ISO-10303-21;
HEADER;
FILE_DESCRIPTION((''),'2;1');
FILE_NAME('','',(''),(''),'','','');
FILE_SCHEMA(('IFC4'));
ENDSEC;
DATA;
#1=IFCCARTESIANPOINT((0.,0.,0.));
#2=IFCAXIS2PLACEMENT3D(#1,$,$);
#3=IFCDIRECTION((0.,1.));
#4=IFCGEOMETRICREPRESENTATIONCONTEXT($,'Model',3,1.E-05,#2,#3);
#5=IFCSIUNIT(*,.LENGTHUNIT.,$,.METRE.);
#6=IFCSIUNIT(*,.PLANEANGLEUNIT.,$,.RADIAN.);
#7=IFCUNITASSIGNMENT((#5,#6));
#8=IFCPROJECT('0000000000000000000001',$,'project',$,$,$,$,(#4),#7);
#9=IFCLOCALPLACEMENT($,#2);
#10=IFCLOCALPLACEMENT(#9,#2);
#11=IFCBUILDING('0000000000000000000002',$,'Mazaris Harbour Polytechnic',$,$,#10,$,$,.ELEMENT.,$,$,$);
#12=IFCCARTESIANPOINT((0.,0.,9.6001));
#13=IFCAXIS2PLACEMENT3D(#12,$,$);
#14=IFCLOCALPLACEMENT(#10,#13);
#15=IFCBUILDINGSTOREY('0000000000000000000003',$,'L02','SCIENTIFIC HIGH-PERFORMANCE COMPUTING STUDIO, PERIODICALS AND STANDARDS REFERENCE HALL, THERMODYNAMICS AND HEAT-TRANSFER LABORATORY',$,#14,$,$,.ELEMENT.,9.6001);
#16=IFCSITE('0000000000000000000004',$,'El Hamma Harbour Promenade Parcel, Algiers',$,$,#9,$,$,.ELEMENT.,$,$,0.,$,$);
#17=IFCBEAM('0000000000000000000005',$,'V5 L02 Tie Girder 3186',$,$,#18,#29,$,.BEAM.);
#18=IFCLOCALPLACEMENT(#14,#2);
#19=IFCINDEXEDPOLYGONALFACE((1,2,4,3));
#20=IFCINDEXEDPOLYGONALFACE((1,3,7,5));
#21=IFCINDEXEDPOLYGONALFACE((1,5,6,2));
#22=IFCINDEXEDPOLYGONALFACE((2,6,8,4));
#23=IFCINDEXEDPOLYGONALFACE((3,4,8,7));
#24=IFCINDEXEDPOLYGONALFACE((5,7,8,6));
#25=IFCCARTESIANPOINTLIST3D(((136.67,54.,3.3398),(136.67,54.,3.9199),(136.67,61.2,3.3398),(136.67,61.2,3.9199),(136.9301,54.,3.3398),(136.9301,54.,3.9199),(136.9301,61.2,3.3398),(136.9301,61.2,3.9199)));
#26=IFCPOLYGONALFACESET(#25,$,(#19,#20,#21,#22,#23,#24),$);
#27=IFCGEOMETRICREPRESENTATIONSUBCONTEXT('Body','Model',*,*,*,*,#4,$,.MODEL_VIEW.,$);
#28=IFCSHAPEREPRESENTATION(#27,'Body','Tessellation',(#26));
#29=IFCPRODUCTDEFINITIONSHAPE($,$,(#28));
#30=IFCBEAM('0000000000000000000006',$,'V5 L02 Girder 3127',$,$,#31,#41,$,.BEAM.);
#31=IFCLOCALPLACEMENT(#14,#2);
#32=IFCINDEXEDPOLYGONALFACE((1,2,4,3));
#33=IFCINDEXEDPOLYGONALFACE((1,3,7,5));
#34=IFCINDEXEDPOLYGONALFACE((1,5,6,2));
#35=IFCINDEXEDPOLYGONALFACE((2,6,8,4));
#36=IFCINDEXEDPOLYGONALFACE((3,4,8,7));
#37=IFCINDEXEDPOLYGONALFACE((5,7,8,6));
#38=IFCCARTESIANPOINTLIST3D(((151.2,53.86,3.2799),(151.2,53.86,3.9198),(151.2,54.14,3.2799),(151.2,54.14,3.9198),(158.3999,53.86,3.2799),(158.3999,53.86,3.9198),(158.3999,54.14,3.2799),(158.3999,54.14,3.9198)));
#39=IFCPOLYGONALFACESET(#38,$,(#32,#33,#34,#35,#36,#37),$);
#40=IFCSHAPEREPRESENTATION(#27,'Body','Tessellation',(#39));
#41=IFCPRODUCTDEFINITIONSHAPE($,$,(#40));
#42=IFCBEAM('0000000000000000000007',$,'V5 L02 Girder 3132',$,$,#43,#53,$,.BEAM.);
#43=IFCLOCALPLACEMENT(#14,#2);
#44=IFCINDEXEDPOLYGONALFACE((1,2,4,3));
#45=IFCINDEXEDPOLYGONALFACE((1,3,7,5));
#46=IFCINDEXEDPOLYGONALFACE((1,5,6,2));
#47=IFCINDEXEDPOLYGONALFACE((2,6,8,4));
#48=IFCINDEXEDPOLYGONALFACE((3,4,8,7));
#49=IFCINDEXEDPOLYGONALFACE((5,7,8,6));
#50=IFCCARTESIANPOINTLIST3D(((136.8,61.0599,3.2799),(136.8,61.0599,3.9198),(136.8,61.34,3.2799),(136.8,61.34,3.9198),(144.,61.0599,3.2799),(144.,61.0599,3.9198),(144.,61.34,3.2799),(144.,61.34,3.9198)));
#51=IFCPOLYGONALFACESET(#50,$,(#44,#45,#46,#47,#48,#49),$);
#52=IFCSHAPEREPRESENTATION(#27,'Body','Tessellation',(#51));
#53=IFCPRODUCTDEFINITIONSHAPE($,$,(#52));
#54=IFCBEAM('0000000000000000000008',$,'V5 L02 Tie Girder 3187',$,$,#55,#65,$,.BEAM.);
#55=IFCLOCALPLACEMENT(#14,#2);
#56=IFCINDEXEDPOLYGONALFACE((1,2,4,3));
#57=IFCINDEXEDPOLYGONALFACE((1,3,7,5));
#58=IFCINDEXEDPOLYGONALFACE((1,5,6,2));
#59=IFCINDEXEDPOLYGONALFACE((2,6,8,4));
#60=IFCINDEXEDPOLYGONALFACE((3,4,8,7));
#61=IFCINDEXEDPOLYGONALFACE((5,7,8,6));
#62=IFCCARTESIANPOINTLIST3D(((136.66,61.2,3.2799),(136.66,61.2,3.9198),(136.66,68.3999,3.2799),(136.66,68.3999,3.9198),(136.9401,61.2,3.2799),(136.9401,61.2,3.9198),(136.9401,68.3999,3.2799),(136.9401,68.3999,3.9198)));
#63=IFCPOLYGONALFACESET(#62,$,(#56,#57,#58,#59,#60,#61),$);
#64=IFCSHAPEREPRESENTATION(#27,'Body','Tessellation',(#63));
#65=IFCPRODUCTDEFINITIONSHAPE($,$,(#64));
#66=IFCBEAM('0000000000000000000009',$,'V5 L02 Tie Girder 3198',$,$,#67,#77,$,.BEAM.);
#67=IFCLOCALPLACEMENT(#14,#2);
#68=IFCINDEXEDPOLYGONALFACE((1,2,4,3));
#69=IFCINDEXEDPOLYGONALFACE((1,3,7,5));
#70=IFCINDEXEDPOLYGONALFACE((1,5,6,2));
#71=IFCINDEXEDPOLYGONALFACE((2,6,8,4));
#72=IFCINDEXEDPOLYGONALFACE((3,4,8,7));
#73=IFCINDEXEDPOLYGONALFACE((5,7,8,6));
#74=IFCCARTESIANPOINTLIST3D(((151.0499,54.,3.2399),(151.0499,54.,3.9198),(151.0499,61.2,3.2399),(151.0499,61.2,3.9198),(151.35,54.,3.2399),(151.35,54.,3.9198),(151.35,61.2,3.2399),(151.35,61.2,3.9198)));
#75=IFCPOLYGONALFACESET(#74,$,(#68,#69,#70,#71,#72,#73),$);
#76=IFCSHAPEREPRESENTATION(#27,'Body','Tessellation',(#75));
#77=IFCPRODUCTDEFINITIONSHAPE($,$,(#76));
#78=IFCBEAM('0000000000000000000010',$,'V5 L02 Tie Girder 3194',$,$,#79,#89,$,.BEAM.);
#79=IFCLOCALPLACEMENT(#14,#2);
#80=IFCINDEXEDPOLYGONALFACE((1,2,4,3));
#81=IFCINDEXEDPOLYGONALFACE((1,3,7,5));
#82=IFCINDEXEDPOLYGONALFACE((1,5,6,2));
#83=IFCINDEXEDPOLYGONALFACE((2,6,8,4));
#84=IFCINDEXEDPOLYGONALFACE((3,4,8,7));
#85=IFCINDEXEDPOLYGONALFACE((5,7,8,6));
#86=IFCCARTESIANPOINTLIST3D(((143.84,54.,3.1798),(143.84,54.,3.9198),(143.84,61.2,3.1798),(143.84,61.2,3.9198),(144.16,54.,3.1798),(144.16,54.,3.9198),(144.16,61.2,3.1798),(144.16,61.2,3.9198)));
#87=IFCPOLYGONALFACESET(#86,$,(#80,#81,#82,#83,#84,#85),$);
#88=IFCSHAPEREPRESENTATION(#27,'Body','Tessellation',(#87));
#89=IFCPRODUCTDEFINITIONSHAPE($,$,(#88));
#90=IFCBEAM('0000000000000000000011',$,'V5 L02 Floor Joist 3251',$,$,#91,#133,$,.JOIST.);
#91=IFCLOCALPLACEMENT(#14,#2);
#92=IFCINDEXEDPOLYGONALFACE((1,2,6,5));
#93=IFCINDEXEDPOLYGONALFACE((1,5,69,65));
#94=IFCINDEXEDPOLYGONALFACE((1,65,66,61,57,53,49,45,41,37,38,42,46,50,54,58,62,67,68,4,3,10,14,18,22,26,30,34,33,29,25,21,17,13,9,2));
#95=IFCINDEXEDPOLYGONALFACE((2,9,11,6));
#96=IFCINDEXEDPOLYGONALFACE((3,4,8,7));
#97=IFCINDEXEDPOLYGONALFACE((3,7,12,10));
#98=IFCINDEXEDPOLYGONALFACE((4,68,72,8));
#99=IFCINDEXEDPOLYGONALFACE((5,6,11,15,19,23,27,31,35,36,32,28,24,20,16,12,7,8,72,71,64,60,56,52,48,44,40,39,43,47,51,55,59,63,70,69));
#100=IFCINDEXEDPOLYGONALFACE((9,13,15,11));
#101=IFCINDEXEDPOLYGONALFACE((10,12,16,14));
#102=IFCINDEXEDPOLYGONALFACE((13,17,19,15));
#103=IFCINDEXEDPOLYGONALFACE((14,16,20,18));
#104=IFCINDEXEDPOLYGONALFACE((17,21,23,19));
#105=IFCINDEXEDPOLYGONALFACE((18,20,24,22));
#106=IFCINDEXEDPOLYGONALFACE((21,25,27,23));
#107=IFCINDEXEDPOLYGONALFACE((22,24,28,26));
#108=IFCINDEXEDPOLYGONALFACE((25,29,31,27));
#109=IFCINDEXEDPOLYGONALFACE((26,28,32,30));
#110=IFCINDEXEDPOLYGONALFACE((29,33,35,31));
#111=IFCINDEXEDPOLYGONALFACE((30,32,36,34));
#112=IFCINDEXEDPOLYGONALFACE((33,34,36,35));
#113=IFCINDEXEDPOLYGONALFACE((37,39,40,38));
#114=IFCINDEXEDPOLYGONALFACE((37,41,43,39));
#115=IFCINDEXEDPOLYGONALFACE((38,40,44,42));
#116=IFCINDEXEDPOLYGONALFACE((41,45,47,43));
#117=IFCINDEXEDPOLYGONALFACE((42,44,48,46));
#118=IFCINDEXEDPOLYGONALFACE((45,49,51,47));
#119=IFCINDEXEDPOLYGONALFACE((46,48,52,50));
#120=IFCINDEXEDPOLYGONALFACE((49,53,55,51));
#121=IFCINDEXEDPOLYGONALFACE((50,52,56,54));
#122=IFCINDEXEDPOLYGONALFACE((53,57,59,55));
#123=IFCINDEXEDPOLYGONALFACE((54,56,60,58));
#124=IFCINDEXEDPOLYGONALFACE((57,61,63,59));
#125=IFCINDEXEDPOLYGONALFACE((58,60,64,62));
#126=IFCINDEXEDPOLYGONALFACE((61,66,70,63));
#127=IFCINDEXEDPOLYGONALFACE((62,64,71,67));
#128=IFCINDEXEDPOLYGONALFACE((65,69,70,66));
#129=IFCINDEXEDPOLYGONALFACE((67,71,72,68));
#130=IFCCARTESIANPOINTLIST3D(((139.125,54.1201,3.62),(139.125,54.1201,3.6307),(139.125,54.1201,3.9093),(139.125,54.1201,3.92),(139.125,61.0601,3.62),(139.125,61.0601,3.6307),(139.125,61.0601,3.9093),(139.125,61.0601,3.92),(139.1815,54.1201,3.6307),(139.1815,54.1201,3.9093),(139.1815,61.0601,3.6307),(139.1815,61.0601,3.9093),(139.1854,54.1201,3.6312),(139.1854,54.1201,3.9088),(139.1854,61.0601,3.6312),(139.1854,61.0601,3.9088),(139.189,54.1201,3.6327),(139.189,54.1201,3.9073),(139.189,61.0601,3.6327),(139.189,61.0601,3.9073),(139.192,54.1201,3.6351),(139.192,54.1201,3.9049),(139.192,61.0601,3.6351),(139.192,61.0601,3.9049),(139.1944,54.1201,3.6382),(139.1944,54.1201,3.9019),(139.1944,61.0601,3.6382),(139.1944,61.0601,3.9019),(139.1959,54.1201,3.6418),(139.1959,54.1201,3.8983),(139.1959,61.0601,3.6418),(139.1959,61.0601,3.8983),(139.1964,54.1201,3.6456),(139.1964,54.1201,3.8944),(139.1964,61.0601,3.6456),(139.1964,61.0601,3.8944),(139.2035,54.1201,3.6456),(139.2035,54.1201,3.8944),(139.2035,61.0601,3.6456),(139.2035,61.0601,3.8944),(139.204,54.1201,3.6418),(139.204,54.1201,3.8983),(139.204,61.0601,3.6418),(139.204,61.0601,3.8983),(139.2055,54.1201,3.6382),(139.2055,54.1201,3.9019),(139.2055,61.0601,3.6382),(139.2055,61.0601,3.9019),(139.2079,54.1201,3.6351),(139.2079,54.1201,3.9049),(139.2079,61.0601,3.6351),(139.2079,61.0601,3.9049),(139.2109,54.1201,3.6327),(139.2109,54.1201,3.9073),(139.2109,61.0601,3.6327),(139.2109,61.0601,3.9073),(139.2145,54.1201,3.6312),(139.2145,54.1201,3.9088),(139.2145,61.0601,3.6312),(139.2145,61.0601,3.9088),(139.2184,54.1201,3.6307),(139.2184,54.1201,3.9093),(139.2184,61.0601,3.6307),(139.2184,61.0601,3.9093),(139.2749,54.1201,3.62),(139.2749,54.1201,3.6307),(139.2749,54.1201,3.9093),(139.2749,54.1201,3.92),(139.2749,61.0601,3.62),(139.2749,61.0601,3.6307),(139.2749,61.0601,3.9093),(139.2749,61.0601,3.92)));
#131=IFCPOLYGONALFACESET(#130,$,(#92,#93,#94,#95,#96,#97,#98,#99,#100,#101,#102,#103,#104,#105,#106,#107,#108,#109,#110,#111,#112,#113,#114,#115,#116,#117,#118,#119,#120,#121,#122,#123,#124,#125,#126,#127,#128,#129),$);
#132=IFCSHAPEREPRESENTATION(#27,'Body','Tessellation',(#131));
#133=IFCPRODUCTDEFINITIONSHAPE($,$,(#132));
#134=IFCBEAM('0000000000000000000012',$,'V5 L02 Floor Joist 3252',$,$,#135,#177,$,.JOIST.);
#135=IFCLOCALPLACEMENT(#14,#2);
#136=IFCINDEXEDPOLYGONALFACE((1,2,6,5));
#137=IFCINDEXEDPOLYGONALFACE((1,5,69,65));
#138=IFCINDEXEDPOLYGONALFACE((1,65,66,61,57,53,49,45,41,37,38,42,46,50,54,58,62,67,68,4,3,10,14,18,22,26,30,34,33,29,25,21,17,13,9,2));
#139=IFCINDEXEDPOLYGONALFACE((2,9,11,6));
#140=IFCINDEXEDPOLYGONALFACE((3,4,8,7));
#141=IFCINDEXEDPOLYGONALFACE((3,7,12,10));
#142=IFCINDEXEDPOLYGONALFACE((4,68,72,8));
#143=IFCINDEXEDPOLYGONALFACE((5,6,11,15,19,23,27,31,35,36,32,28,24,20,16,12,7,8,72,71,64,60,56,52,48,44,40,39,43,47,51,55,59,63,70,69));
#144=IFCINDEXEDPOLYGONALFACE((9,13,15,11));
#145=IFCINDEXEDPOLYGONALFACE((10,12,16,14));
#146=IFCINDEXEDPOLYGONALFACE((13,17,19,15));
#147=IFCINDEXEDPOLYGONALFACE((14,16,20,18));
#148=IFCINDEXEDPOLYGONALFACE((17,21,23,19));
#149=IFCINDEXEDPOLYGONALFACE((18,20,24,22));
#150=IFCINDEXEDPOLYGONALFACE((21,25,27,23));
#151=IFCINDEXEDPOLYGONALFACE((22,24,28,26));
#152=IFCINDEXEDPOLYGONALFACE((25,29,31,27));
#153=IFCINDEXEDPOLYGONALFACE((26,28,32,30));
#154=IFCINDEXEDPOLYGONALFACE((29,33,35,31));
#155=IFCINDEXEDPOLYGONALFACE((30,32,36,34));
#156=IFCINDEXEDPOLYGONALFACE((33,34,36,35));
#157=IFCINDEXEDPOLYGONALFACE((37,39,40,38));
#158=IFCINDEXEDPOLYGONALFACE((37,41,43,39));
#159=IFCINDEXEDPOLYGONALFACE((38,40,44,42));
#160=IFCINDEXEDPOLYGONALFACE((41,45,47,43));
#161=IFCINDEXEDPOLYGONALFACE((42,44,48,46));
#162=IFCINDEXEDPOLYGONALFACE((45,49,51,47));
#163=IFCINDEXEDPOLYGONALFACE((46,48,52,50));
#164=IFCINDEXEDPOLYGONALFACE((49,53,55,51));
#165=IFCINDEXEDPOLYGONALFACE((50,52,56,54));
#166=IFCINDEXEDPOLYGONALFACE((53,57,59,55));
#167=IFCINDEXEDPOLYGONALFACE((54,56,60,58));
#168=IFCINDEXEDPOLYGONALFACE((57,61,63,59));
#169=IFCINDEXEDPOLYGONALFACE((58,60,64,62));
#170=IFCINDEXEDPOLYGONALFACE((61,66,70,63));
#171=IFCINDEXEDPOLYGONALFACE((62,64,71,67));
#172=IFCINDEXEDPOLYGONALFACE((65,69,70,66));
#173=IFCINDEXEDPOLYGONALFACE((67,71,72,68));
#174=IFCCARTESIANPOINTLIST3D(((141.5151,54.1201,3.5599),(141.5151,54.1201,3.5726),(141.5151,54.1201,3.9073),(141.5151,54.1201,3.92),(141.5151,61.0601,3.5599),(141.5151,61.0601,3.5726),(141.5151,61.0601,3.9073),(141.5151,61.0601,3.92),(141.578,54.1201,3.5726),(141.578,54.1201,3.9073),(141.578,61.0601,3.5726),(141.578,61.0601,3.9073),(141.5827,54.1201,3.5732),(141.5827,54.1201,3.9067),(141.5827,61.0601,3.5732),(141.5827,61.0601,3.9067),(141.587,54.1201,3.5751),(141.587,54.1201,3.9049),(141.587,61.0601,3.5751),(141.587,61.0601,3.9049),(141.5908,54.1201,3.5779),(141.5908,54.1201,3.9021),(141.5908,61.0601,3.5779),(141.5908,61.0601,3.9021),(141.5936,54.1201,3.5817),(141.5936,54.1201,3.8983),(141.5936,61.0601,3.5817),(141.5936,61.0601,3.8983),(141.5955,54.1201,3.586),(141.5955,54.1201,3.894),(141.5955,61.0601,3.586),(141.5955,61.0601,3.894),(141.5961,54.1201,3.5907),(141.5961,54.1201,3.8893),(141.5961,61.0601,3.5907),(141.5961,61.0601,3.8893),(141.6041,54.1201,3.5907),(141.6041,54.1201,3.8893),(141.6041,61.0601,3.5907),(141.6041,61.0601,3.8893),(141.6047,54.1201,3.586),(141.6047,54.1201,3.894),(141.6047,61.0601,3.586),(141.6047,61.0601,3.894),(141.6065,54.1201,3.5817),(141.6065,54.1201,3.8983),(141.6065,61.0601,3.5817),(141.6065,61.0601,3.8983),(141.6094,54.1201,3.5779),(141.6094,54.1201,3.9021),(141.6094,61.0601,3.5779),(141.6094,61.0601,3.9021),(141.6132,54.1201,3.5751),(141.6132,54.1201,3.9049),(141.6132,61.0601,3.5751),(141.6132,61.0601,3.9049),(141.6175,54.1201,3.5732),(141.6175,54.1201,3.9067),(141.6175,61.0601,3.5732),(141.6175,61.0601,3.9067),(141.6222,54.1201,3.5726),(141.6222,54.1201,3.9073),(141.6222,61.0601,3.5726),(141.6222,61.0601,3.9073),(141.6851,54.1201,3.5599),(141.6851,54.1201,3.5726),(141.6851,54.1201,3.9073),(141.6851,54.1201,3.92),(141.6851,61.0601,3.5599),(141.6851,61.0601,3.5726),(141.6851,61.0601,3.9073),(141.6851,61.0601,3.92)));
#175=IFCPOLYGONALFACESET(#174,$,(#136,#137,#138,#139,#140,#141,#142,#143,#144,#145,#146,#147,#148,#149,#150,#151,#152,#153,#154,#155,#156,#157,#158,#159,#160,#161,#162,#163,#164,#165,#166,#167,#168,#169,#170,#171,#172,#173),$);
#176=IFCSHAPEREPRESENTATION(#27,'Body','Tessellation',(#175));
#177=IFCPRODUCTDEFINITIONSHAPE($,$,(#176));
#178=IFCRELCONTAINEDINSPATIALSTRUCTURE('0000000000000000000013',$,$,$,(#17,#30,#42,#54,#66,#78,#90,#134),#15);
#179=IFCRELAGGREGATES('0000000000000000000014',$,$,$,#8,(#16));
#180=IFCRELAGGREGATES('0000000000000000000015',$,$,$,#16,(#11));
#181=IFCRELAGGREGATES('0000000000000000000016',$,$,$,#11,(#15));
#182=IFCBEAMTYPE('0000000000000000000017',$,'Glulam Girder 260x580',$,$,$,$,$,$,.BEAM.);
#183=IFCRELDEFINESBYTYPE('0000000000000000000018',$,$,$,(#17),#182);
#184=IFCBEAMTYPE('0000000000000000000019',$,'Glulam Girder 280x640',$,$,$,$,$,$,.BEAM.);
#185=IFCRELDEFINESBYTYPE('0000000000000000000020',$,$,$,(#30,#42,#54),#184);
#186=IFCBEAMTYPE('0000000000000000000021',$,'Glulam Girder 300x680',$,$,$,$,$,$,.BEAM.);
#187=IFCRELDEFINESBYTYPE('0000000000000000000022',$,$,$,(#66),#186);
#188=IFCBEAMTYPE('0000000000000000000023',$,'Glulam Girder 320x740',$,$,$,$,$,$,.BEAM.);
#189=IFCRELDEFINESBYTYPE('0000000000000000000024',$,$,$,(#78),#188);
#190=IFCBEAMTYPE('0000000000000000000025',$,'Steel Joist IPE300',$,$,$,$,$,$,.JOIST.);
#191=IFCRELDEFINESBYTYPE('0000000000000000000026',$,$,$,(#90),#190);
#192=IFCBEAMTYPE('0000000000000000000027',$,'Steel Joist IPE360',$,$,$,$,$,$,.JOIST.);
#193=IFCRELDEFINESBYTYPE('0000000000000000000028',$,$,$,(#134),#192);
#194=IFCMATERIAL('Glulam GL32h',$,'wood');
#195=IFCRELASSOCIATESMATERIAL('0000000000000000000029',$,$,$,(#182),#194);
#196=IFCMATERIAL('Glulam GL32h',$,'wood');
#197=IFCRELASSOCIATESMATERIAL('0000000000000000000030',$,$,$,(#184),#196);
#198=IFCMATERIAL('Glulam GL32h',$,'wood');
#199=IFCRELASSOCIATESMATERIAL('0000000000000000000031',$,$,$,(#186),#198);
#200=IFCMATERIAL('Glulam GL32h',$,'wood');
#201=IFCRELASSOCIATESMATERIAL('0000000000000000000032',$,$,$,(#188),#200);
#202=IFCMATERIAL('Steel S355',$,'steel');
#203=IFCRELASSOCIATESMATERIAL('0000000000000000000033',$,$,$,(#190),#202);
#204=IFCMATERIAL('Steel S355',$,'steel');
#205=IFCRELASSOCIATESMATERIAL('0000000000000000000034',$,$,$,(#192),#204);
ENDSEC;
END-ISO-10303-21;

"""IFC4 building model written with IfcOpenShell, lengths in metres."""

from ifc_helpers import new_model, si_unit, direction, frame, origin, origin_2d, place, context, subcontext, project, spatial, rectangle, i_section, extrude, material, material_profile, profile_set, type_object, element, save


model = new_model("IFC4")

# Units and contexts
model_context = context("Model", 3, precision=1e-05, world=origin(), true_north=direction((0.0, 1.0)))
body_context = subcontext(model_context, "Body", "Model", "MODEL_VIEW")
ifc_project = project(units=[si_unit("LENGTHUNIT", "METRE"), si_unit("PLANEANGLEUNIT", "RADIAN")], contexts=[model_context])

# Site, building, storey
site_placement = place(None, origin())
site = spatial("IfcSite", under=ifc_project, at=site_placement, Name="El Hamma Harbour Promenade Parcel, Algiers", CompositionType="ELEMENT", RefElevation=0.0)
building_placement = place(site_placement, origin())
building = spatial("IfcBuilding", under=site, at=building_placement, Name="Mazaris Harbour Polytechnic", CompositionType="ELEMENT")
storey_placement = place(building_placement, frame((0.0, 0.0, 9.6001)))
storey = spatial("IfcBuildingStorey", under=building, at=storey_placement, Name="L02", Description="SCIENTIFIC HIGH-PERFORMANCE COMPUTING STUDIO, PERIODICALS AND STANDARDS REFERENCE HALL, THERMODYNAMICS AND HEAT-TRANSFER LABORATORY", CompositionType="ELEMENT", Elevation=9.6001)

# Beams
ifc_material_1 = material(Name="Glulam GL32h", Category="wood")
ifc_material_profile_1 = material_profile(ifc_material_1, rectangle(XDim=0.26, YDim=0.5801, at=origin_2d()), Name="RECT260x580")
ifc_profile_set_1 = profile_set([ifc_material_profile_1], Name="Glulam GL32h")
beam_type_1 = type_object("IfcBeamType", Name="Glulam Girder 260x580", PredefinedType="BEAM", material=ifc_profile_set_1)
for number, where, z_axis, x_axis, name in (
    (1, (136.8, 54.0, 3.6299), (0.0, 1.0, 0.0), (-1.0, 0.0, 0.0), "V5 L02 Tie Girder 3186"),
):
    element("IfcBeam", number, at=place(storey_placement, frame(where, z_axis=z_axis, x_axis=x_axis)), inside=storey, type_object=beam_type_1, Name=name, PredefinedType="BEAM", context=body_context, shape_type="SweptSolid", body=[
        extrude(rectangle(XDim=0.26, YDim=0.5801, at=origin_2d()), origin(), (0.0, 0.0, 1.0), 7.2),
    ])
ifc_material_2 = material(Name="Glulam GL32h", Category="wood")
ifc_material_profile_2 = material_profile(ifc_material_2, rectangle(XDim=0.28, YDim=0.6399, at=origin_2d()), Name="RECT280x640")
ifc_profile_set_2 = profile_set([ifc_material_profile_2], Name="Glulam GL32h")
beam_type_2 = type_object("IfcBeamType", Name="Glulam Girder 280x640", PredefinedType="BEAM", material=ifc_profile_set_2)
for number, where, z_axis, x_axis, name in (
    (2, (151.2, 54.0, 3.5999), (1.0, 0.0, 0.0), (0.0, 1.0, 0.0), "V5 L02 Girder 3127"),
    (3, (136.8, 61.2, 3.5999), (1.0, 0.0, 0.0), (0.0, 1.0, 0.0), "V5 L02 Girder 3132"),
    (4, (136.8, 61.2, 3.5999), (0.0, 1.0, 0.0), (-1.0, 0.0, 0.0), "V5 L02 Tie Girder 3187"),
):
    element("IfcBeam", number, at=place(storey_placement, frame(where, z_axis=z_axis, x_axis=x_axis)), inside=storey, type_object=beam_type_2, Name=name, PredefinedType="BEAM", context=body_context, shape_type="SweptSolid", body=[
        extrude(rectangle(XDim=0.28, YDim=0.6399, at=origin_2d()), origin(), (0.0, 0.0, 1.0), 7.2),
    ])
ifc_material_3 = material(Name="Glulam GL32h", Category="wood")
ifc_material_profile_3 = material_profile(ifc_material_3, rectangle(XDim=0.3, YDim=0.6799, at=origin_2d()), Name="RECT300x680")
ifc_profile_set_3 = profile_set([ifc_material_profile_3], Name="Glulam GL32h")
beam_type_3 = type_object("IfcBeamType", Name="Glulam Girder 300x680", PredefinedType="BEAM", material=ifc_profile_set_3)
beam_1_placement = place(storey_placement, frame((151.2, 54.0, 3.5798), z_axis=(0.0, 1.0, 0.0), x_axis=(-1.0, 0.0, 0.0)))
element("IfcBeam", 5, at=beam_1_placement, inside=storey, type_object=beam_type_3, Name="V5 L02 Tie Girder 3198", PredefinedType="BEAM", context=body_context, shape_type="SweptSolid", body=[
    extrude(rectangle(XDim=0.3, YDim=0.6799, at=origin_2d()), origin(), (0.0, 0.0, 1.0), 7.2),
])
ifc_material_4 = material(Name="Glulam GL32h", Category="wood")
ifc_material_profile_4 = material_profile(ifc_material_4, rectangle(XDim=0.3201, YDim=0.74, at=origin_2d()), Name="RECT320x740")
ifc_profile_set_4 = profile_set([ifc_material_profile_4], Name="Glulam GL32h")
beam_type_4 = type_object("IfcBeamType", Name="Glulam Girder 320x740", PredefinedType="BEAM", material=ifc_profile_set_4)
beam_2_placement = place(storey_placement, frame((144.0, 54.0, 3.5498), z_axis=(0.0, 1.0, 0.0), x_axis=(-1.0, 0.0, 0.0)))
element("IfcBeam", 6, at=beam_2_placement, inside=storey, type_object=beam_type_4, Name="V5 L02 Tie Girder 3194", PredefinedType="BEAM", context=body_context, shape_type="SweptSolid", body=[
    extrude(rectangle(XDim=0.3201, YDim=0.74, at=origin_2d()), origin(), (0.0, 0.0, 1.0), 7.2),
])
ifc_material_5 = material(Name="Steel S355", Category="steel")
ifc_material_profile_5 = material_profile(ifc_material_5, i_section(OverallWidth=0.1499, OverallDepth=0.3, WebThickness=0.0071, FlangeThickness=0.0107, FilletRadius=0.0149, at=origin_2d()), Name="IPE 300")
ifc_profile_set_5 = profile_set([ifc_material_profile_5], Name="Steel S355")
beam_type_5 = type_object("IfcBeamType", Name="Steel Joist IPE300", PredefinedType="JOIST", material=ifc_profile_set_5)
beam_3_placement = place(storey_placement, frame((139.2, 54.1201, 3.77), z_axis=(0.0, 1.0, 0.0), x_axis=(-1.0, 0.0, 0.0)))
element("IfcBeam", 7, at=beam_3_placement, inside=storey, type_object=beam_type_5, Name="V5 L02 Floor Joist 3251", PredefinedType="JOIST", context=body_context, shape_type="SweptSolid", body=[
    extrude(i_section(OverallWidth=0.1499, OverallDepth=0.3, WebThickness=0.0071, FlangeThickness=0.0107, FilletRadius=0.0149, at=origin_2d()), origin(), (0.0, 0.0, 1.0), 6.9399),
])
ifc_material_6 = material(Name="Steel S355", Category="steel")
ifc_material_profile_6 = material_profile(ifc_material_6, i_section(OverallWidth=0.1699, OverallDepth=0.3601, WebThickness=0.0081, FlangeThickness=0.0127, FilletRadius=0.0181, at=origin_2d()), Name="IPE 360")
ifc_profile_set_6 = profile_set([ifc_material_profile_6], Name="Steel S355")
beam_type_6 = type_object("IfcBeamType", Name="Steel Joist IPE360", PredefinedType="JOIST", material=ifc_profile_set_6)
beam_4_placement = place(storey_placement, frame((141.6001, 54.1201, 3.74), z_axis=(0.0, 1.0, 0.0), x_axis=(-1.0, 0.0, 0.0)))
element("IfcBeam", 8, at=beam_4_placement, inside=storey, type_object=beam_type_6, Name="V5 L02 Floor Joist 3252", PredefinedType="JOIST", context=body_context, shape_type="SweptSolid", body=[
    extrude(i_section(OverallWidth=0.1699, OverallDepth=0.3601, WebThickness=0.0081, FlangeThickness=0.0127, FilletRadius=0.0181, at=origin_2d()), origin(), (0.0, 0.0, 1.0), 6.9399),
])

save(model, "model.ifc")
